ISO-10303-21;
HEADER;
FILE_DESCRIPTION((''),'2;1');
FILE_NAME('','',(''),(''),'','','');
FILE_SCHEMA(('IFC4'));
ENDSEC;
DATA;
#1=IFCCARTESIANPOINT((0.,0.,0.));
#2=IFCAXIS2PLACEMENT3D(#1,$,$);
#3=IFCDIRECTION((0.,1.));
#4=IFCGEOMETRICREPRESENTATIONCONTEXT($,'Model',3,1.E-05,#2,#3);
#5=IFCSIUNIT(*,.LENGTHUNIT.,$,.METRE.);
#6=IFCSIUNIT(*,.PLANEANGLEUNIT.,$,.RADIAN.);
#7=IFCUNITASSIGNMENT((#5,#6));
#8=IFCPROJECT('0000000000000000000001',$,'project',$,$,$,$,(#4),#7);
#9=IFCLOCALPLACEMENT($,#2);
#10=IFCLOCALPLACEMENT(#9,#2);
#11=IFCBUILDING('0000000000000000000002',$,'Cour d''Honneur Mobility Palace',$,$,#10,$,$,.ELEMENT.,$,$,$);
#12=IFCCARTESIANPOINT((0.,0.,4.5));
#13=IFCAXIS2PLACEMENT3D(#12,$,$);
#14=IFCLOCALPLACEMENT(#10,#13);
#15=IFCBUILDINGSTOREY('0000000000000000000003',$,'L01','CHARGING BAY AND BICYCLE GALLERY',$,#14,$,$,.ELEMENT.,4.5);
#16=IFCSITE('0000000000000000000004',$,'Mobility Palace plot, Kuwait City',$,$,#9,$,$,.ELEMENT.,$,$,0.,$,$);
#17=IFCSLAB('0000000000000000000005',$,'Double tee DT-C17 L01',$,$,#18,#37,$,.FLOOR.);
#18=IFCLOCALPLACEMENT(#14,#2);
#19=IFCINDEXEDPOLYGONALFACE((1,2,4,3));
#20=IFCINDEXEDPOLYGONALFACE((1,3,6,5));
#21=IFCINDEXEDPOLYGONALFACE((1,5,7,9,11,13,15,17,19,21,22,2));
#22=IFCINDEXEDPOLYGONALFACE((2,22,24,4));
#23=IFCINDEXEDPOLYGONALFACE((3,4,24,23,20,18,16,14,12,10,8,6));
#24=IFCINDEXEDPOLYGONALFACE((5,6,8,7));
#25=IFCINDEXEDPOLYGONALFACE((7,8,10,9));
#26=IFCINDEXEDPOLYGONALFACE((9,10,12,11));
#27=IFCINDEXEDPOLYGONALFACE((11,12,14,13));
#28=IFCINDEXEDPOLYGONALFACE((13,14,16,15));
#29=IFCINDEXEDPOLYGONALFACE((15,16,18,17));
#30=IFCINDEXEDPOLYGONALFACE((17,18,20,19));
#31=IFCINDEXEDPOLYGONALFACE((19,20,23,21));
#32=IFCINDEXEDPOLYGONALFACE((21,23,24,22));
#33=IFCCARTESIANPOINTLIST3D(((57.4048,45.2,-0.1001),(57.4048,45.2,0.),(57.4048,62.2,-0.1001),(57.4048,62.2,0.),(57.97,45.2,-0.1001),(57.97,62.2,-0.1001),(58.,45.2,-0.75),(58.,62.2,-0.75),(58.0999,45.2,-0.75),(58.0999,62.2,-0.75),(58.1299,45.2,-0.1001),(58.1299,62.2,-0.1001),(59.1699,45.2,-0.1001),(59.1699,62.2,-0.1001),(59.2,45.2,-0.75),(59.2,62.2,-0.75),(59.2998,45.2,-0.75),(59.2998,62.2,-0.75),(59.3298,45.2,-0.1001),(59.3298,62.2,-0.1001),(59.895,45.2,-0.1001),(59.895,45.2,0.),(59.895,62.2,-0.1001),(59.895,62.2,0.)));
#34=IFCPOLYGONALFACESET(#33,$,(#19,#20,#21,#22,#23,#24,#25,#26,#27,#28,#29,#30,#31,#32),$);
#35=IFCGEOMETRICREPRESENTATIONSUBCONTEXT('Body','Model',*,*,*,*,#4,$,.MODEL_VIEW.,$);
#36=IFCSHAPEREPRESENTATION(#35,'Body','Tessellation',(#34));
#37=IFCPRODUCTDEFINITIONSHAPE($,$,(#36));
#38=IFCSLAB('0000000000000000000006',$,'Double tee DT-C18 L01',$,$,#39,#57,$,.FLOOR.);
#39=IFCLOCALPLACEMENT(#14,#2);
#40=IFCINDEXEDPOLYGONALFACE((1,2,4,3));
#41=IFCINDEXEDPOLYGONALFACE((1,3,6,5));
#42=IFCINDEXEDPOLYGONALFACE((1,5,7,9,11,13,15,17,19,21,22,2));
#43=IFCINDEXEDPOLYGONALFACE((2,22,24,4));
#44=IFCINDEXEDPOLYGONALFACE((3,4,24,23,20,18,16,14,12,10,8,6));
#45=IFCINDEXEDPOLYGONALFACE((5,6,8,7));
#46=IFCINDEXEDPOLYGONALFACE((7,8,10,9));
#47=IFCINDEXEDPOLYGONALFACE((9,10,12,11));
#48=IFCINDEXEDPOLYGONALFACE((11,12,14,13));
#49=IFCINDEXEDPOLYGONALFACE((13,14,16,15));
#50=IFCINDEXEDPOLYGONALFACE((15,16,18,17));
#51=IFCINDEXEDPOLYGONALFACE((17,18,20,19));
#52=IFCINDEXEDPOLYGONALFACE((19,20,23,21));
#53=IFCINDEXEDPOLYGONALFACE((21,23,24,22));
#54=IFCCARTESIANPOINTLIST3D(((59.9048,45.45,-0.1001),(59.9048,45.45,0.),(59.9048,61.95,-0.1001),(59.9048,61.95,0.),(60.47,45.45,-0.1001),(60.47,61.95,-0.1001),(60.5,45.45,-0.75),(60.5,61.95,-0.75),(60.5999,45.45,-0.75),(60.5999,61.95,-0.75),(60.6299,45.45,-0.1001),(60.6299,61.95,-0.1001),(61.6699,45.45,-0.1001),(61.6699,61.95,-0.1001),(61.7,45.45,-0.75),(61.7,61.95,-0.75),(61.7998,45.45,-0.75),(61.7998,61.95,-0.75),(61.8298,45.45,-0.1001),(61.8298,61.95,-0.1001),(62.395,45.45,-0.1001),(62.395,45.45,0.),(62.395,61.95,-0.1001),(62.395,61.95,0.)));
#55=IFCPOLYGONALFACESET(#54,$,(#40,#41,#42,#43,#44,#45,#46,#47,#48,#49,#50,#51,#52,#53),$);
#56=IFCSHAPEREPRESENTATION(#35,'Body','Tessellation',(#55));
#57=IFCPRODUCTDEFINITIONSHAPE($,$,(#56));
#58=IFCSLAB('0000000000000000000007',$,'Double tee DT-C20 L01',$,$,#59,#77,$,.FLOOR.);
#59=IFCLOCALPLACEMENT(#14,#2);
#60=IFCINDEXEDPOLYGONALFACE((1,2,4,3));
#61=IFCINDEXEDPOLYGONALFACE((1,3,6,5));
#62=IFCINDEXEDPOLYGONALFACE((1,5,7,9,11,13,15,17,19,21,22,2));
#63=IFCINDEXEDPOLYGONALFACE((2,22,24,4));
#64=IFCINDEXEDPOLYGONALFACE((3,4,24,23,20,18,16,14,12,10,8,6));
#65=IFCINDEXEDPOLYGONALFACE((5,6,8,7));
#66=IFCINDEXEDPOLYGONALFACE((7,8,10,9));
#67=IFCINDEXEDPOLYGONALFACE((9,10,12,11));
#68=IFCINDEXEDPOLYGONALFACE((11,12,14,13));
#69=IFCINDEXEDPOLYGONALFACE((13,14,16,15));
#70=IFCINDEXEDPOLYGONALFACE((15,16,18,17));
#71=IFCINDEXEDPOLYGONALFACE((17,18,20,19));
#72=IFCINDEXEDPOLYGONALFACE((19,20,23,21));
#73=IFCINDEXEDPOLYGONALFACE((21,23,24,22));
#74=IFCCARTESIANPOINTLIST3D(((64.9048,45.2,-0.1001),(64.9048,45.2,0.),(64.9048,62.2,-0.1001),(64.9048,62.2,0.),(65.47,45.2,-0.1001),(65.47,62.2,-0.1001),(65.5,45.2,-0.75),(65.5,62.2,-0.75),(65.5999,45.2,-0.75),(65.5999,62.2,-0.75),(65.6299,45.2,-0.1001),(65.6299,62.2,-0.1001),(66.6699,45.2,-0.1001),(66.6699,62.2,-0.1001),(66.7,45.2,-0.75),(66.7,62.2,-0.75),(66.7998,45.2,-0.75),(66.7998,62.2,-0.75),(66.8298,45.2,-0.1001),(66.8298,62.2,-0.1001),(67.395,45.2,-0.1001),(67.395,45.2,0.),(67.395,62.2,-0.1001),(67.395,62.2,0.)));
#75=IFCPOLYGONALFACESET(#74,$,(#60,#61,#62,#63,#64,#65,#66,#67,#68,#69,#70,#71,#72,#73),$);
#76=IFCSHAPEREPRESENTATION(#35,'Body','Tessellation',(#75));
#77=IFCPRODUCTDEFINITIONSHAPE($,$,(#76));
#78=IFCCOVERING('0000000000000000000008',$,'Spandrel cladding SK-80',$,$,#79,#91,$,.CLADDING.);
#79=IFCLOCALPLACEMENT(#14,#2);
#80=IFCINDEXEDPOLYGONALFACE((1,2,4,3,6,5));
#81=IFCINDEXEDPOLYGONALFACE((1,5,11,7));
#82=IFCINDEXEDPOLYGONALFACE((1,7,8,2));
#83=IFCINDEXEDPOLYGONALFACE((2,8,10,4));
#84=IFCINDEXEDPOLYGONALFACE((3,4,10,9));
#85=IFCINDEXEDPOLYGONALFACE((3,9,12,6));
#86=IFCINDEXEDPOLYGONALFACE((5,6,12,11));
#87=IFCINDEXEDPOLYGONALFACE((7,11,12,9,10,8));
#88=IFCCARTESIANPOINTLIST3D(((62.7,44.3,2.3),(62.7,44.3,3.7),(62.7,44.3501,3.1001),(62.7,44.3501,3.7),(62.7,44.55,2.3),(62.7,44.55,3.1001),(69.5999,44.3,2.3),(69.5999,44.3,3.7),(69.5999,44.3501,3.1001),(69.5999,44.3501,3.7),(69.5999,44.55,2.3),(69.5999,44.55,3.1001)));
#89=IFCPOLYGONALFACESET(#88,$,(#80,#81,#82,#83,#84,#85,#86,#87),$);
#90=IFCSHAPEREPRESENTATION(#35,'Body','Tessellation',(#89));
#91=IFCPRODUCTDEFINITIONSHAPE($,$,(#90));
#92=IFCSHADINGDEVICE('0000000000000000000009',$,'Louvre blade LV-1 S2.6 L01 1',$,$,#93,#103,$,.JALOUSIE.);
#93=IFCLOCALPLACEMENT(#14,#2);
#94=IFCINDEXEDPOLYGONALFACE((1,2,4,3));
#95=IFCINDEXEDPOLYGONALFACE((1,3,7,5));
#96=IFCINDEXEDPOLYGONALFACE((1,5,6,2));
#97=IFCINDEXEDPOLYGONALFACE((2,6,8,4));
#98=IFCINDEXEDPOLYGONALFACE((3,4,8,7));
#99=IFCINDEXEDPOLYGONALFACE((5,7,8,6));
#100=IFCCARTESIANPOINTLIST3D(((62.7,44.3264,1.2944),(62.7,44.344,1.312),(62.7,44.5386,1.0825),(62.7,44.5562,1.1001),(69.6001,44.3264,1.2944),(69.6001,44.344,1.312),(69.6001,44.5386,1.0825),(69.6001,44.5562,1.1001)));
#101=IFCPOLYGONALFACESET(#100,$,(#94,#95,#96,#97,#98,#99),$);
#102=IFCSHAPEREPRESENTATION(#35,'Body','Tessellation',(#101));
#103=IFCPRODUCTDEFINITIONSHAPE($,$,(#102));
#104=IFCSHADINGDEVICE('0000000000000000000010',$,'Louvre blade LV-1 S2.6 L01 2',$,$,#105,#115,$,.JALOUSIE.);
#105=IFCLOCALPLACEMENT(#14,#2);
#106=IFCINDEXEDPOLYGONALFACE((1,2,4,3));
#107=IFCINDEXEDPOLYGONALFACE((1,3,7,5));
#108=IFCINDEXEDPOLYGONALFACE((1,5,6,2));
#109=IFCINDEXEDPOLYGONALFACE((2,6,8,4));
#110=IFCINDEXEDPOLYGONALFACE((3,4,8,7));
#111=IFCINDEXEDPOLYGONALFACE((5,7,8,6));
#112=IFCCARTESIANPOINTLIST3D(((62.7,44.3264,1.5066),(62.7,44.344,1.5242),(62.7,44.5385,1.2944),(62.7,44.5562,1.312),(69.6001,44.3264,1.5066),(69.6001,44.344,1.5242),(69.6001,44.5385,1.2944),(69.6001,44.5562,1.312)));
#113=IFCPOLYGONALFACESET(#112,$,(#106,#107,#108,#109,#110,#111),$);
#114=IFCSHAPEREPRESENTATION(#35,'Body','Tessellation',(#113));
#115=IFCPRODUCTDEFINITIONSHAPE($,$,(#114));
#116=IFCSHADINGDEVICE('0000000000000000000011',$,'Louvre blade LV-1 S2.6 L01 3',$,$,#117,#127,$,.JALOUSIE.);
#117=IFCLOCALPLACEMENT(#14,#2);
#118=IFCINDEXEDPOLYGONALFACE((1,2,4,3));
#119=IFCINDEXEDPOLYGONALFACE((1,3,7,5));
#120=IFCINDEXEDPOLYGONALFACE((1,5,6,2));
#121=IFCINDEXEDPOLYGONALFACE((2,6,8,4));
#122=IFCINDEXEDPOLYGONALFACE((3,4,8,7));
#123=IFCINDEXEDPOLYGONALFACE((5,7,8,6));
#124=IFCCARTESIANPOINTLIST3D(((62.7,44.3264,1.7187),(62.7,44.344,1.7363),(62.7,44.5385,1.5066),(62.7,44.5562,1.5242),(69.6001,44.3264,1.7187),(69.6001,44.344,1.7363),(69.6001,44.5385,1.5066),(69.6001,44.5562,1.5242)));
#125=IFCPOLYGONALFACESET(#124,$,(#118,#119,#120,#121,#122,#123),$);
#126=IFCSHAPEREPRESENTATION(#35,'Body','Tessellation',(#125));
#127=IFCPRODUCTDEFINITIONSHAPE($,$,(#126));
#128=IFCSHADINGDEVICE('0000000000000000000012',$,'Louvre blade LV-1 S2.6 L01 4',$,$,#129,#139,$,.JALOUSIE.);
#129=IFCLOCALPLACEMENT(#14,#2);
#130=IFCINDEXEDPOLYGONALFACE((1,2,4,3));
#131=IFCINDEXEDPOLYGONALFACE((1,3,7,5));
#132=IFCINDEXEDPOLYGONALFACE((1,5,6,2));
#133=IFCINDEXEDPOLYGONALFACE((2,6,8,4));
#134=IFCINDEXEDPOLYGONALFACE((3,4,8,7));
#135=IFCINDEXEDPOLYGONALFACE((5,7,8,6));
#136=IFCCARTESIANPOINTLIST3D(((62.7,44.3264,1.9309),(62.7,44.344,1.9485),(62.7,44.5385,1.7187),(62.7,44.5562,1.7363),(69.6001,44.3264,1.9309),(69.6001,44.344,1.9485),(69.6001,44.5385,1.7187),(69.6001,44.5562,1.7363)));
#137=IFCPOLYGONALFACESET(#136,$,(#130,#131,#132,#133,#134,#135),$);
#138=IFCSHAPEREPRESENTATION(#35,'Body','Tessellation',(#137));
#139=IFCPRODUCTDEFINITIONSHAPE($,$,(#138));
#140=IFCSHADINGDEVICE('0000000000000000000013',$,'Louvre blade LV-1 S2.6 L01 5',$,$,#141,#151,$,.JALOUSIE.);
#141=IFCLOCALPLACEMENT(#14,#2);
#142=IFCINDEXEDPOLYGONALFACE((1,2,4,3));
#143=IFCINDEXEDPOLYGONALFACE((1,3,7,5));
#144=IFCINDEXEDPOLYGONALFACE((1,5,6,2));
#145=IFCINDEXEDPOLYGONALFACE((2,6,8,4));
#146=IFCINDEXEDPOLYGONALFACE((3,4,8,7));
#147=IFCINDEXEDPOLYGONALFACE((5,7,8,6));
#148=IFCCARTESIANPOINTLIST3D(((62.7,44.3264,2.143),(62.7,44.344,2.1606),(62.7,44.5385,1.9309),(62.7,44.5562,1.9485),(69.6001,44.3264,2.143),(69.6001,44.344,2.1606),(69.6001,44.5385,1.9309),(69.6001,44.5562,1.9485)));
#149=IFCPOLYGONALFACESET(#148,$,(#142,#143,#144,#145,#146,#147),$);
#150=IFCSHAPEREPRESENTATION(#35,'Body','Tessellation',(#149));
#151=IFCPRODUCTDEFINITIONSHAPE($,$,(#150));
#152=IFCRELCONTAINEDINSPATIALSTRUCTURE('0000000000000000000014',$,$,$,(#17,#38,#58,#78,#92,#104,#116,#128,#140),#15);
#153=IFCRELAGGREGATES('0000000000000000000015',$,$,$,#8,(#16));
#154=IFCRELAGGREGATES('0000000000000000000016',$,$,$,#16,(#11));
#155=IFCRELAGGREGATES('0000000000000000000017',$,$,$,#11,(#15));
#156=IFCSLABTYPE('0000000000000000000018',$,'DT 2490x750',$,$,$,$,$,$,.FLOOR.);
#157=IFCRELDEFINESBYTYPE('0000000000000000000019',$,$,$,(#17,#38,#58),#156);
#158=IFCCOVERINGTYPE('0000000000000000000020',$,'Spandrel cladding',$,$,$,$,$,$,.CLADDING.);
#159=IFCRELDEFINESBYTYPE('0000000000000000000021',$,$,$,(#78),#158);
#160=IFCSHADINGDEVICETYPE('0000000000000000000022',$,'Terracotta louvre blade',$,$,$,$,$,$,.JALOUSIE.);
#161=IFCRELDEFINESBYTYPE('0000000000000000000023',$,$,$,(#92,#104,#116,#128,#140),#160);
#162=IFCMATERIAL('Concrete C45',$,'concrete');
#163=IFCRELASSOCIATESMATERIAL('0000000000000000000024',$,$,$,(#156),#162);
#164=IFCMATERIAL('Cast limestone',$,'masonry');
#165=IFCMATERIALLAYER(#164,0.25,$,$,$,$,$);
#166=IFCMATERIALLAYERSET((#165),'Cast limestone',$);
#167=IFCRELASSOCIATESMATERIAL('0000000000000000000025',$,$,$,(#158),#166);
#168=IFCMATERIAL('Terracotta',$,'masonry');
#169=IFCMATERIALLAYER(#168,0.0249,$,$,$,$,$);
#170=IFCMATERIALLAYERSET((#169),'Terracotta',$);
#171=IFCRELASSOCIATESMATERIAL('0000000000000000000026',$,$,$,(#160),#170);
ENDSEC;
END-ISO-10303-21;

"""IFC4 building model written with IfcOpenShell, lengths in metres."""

from ifc_helpers import new_model, si_unit, direction, frame, origin, place, context, subcontext, project, spatial, polyline, outline, extrude, material, layer, layer_set, material_profile, profile_set, type_object, element, save


model = new_model("IFC4")

# Units and contexts
model_context = context("Model", 3, precision=1e-05, world=origin(), true_north=direction((0.0, 1.0)))
body_context = subcontext(model_context, "Body", "Model", "MODEL_VIEW")
ifc_project = project(units=[si_unit("LENGTHUNIT", "METRE"), si_unit("PLANEANGLEUNIT", "RADIAN")], contexts=[model_context])

# Site, building, storey
site_placement = place(None, origin())
site = spatial("IfcSite", under=ifc_project, at=site_placement, Name="Mobility Palace plot, Kuwait City", CompositionType="ELEMENT", RefElevation=0.0)
building_placement = place(site_placement, origin())
building = spatial("IfcBuilding", under=site, at=building_placement, Name="Cour d'Honneur Mobility Palace", CompositionType="ELEMENT")
storey_placement = place(building_placement, frame((0.0, 0.0, 4.5)))
storey = spatial("IfcBuildingStorey", under=building, at=storey_placement, Name="L01", Description="CHARGING BAY AND BICYCLE GALLERY", CompositionType="ELEMENT", Elevation=4.5)

# Slabs
ifc_material_1 = material(Name="Concrete C45", Category="concrete")
ifc_material_profile_1 = material_profile(ifc_material_1, outline(polyline([(-1.2451, 0.0), (1.2451, 0.0), (1.2451, -0.1001), (0.6799, -0.1001), (0.6499, -0.75), (0.55, -0.75), (0.52, -0.1001), (-0.52, -0.1001), (-0.55, -0.75), (-0.6499, -0.75), (-0.6799, -0.1001), (-1.2451, -0.1001), (-1.2451, 0.0)])), Name="DT 2490x750")
ifc_profile_set_1 = profile_set([ifc_material_profile_1], Name="Concrete C45")
slab_type = type_object("IfcSlabType", Name="DT 2490x750", PredefinedType="FLOOR", material=ifc_profile_set_1)
slab_1_placement = place(storey_placement, frame((58.6499, 45.2, 0.0), z_axis=(0.0, 1.0, 0.0), x_axis=(-1.0, 0.0, 0.0)))
element("IfcSlab", 1, at=slab_1_placement, inside=storey, type_object=slab_type, Name="Double tee DT-C17 L01", PredefinedType="FLOOR", context=body_context, shape_type="SweptSolid", body=[
    extrude(outline(polyline([(-1.2451, 0.0), (1.2451, 0.0), (1.2451, -0.1001), (0.6799, -0.1001), (0.6499, -0.75), (0.55, -0.75), (0.52, -0.1001), (-0.52, -0.1001), (-0.55, -0.75), (-0.6499, -0.75), (-0.6799, -0.1001), (-1.2451, -0.1001), (-1.2451, 0.0)])), origin(), (0.0, 0.0, 1.0), 17.0),
])
slab_2_placement = place(storey_placement, frame((61.1499, 45.45, 0.0), z_axis=(0.0, 1.0, 0.0), x_axis=(-1.0, 0.0, 0.0)))
element("IfcSlab", 2, at=slab_2_placement, inside=storey, type_object=slab_type, Name="Double tee DT-C18 L01", PredefinedType="FLOOR", context=body_context, shape_type="SweptSolid", body=[
    extrude(outline(polyline([(-1.2451, 0.0), (1.2451, 0.0), (1.2451, -0.1001), (0.6799, -0.1001), (0.6499, -0.75), (0.55, -0.75), (0.52, -0.1001), (-0.52, -0.1001), (-0.55, -0.75), (-0.6499, -0.75), (-0.6799, -0.1001), (-1.2451, -0.1001), (-1.2451, 0.0)])), origin(), (0.0, 0.0, 1.0), 16.5),
])
slab_3_placement = place(storey_placement, frame((66.1499, 45.2, 0.0), z_axis=(0.0, 1.0, 0.0), x_axis=(-1.0, 0.0, 0.0)))
element("IfcSlab", 3, at=slab_3_placement, inside=storey, type_object=slab_type, Name="Double tee DT-C20 L01", PredefinedType="FLOOR", context=body_context, shape_type="SweptSolid", body=[
    extrude(outline(polyline([(-1.2451, 0.0), (1.2451, 0.0), (1.2451, -0.1001), (0.6799, -0.1001), (0.6499, -0.75), (0.55, -0.75), (0.52, -0.1001), (-0.52, -0.1001), (-0.55, -0.75), (-0.6499, -0.75), (-0.6799, -0.1001), (-1.2451, -0.1001), (-1.2451, 0.0)])), origin(), (0.0, 0.0, 1.0), 17.0),
])

# Covering
ifc_material_2 = material(Name="Cast limestone", Category="masonry")
ifc_layer_1 = layer(ifc_material_2, 0.25)
ifc_layer_set_1 = layer_set([ifc_layer_1], Name="Cast limestone")
covering_type = type_object("IfcCoveringType", Name="Spandrel cladding", PredefinedType="CLADDING", material=ifc_layer_set_1)
covering_placement = place(storey_placement, frame((62.7, 44.55, 2.3), z_axis=(-1.0, 0.0, 0.0), x_axis=(0.0, -1.0, 0.0)))
element("IfcCovering", 4, at=covering_placement, inside=storey, type_object=covering_type, Name="Spandrel cladding SK-80", PredefinedType="CLADDING", context=body_context, shape_type="SweptSolid", body=[
    extrude(outline(polyline([(0.0, 0.0), (0.25, 0.0), (0.25, 1.3999), (0.2, 1.3999), (0.2, 0.8), (0.0, 0.8), (0.0, 0.0)])), origin(), (0.0, 0.0, -1.0), 6.8999),
])

# Shading devices
ifc_material_3 = material(Name="Terracotta", Category="masonry")
ifc_layer_2 = layer(ifc_material_3, 0.0249)
ifc_layer_set_2 = layer_set([ifc_layer_2], Name="Terracotta")
shading_device_type = type_object("IfcShadingDeviceType", Name="Terracotta louvre blade", PredefinedType="JALOUSIE", material=ifc_layer_set_2)
shading_device_placement = place(storey_placement, frame((62.7, 44.5562, 1.1001), z_axis=(0.0, 0.7067, 0.707514), x_axis=(1.0, 0.0, 0.0)))
element("IfcShadingDevice", 5, at=shading_device_placement, inside=storey, type_object=shading_device_type, Name="Louvre blade LV-1 S2.6 L01 1", PredefinedType="JALOUSIE", context=body_context, shape_type="SweptSolid", body=[
    extrude(outline(polyline([(0.0, 0.0), (6.9001, 0.0), (6.9001, -0.2999), (0.0, -0.2999), (0.0, 0.0)])), origin(), (0.0, 0.0, -1.0), 0.0249),
])
for number, where, z_axis, x_axis, name in (
    (6, (62.7, 44.5562, 1.312), (0.0, 0.707107, 0.707107), (1.0, 0.0, 0.0), "Louvre blade LV-1 S2.6 L01 2"),
    (7, (62.7, 44.5562, 1.5242), (0.0, 0.707107, 0.707107), (1.0, 0.0, 0.0), "Louvre blade LV-1 S2.6 L01 3"),
    (8, (62.7, 44.5562, 1.7363), (0.0, 0.707107, 0.707107), (1.0, 0.0, 0.0), "Louvre blade LV-1 S2.6 L01 4"),
    (9, (62.7, 44.5562, 1.9485), (0.0, 0.707107, 0.707107), (1.0, 0.0, 0.0), "Louvre blade LV-1 S2.6 L01 5"),
):
    element("IfcShadingDevice", number, at=place(storey_placement, frame(where, z_axis=z_axis, x_axis=x_axis)), inside=storey, type_object=shading_device_type, Name=name, PredefinedType="JALOUSIE", context=body_context, shape_type="SweptSolid", body=[
        extrude(outline(polyline([(0.0, 0.0), (6.9001, 0.0), (6.9001, -0.3), (0.0, -0.3), (0.0, 0.0)])), origin(), (0.0, 0.0, -1.0), 0.0249),
    ])

save(model, "model.ifc")
